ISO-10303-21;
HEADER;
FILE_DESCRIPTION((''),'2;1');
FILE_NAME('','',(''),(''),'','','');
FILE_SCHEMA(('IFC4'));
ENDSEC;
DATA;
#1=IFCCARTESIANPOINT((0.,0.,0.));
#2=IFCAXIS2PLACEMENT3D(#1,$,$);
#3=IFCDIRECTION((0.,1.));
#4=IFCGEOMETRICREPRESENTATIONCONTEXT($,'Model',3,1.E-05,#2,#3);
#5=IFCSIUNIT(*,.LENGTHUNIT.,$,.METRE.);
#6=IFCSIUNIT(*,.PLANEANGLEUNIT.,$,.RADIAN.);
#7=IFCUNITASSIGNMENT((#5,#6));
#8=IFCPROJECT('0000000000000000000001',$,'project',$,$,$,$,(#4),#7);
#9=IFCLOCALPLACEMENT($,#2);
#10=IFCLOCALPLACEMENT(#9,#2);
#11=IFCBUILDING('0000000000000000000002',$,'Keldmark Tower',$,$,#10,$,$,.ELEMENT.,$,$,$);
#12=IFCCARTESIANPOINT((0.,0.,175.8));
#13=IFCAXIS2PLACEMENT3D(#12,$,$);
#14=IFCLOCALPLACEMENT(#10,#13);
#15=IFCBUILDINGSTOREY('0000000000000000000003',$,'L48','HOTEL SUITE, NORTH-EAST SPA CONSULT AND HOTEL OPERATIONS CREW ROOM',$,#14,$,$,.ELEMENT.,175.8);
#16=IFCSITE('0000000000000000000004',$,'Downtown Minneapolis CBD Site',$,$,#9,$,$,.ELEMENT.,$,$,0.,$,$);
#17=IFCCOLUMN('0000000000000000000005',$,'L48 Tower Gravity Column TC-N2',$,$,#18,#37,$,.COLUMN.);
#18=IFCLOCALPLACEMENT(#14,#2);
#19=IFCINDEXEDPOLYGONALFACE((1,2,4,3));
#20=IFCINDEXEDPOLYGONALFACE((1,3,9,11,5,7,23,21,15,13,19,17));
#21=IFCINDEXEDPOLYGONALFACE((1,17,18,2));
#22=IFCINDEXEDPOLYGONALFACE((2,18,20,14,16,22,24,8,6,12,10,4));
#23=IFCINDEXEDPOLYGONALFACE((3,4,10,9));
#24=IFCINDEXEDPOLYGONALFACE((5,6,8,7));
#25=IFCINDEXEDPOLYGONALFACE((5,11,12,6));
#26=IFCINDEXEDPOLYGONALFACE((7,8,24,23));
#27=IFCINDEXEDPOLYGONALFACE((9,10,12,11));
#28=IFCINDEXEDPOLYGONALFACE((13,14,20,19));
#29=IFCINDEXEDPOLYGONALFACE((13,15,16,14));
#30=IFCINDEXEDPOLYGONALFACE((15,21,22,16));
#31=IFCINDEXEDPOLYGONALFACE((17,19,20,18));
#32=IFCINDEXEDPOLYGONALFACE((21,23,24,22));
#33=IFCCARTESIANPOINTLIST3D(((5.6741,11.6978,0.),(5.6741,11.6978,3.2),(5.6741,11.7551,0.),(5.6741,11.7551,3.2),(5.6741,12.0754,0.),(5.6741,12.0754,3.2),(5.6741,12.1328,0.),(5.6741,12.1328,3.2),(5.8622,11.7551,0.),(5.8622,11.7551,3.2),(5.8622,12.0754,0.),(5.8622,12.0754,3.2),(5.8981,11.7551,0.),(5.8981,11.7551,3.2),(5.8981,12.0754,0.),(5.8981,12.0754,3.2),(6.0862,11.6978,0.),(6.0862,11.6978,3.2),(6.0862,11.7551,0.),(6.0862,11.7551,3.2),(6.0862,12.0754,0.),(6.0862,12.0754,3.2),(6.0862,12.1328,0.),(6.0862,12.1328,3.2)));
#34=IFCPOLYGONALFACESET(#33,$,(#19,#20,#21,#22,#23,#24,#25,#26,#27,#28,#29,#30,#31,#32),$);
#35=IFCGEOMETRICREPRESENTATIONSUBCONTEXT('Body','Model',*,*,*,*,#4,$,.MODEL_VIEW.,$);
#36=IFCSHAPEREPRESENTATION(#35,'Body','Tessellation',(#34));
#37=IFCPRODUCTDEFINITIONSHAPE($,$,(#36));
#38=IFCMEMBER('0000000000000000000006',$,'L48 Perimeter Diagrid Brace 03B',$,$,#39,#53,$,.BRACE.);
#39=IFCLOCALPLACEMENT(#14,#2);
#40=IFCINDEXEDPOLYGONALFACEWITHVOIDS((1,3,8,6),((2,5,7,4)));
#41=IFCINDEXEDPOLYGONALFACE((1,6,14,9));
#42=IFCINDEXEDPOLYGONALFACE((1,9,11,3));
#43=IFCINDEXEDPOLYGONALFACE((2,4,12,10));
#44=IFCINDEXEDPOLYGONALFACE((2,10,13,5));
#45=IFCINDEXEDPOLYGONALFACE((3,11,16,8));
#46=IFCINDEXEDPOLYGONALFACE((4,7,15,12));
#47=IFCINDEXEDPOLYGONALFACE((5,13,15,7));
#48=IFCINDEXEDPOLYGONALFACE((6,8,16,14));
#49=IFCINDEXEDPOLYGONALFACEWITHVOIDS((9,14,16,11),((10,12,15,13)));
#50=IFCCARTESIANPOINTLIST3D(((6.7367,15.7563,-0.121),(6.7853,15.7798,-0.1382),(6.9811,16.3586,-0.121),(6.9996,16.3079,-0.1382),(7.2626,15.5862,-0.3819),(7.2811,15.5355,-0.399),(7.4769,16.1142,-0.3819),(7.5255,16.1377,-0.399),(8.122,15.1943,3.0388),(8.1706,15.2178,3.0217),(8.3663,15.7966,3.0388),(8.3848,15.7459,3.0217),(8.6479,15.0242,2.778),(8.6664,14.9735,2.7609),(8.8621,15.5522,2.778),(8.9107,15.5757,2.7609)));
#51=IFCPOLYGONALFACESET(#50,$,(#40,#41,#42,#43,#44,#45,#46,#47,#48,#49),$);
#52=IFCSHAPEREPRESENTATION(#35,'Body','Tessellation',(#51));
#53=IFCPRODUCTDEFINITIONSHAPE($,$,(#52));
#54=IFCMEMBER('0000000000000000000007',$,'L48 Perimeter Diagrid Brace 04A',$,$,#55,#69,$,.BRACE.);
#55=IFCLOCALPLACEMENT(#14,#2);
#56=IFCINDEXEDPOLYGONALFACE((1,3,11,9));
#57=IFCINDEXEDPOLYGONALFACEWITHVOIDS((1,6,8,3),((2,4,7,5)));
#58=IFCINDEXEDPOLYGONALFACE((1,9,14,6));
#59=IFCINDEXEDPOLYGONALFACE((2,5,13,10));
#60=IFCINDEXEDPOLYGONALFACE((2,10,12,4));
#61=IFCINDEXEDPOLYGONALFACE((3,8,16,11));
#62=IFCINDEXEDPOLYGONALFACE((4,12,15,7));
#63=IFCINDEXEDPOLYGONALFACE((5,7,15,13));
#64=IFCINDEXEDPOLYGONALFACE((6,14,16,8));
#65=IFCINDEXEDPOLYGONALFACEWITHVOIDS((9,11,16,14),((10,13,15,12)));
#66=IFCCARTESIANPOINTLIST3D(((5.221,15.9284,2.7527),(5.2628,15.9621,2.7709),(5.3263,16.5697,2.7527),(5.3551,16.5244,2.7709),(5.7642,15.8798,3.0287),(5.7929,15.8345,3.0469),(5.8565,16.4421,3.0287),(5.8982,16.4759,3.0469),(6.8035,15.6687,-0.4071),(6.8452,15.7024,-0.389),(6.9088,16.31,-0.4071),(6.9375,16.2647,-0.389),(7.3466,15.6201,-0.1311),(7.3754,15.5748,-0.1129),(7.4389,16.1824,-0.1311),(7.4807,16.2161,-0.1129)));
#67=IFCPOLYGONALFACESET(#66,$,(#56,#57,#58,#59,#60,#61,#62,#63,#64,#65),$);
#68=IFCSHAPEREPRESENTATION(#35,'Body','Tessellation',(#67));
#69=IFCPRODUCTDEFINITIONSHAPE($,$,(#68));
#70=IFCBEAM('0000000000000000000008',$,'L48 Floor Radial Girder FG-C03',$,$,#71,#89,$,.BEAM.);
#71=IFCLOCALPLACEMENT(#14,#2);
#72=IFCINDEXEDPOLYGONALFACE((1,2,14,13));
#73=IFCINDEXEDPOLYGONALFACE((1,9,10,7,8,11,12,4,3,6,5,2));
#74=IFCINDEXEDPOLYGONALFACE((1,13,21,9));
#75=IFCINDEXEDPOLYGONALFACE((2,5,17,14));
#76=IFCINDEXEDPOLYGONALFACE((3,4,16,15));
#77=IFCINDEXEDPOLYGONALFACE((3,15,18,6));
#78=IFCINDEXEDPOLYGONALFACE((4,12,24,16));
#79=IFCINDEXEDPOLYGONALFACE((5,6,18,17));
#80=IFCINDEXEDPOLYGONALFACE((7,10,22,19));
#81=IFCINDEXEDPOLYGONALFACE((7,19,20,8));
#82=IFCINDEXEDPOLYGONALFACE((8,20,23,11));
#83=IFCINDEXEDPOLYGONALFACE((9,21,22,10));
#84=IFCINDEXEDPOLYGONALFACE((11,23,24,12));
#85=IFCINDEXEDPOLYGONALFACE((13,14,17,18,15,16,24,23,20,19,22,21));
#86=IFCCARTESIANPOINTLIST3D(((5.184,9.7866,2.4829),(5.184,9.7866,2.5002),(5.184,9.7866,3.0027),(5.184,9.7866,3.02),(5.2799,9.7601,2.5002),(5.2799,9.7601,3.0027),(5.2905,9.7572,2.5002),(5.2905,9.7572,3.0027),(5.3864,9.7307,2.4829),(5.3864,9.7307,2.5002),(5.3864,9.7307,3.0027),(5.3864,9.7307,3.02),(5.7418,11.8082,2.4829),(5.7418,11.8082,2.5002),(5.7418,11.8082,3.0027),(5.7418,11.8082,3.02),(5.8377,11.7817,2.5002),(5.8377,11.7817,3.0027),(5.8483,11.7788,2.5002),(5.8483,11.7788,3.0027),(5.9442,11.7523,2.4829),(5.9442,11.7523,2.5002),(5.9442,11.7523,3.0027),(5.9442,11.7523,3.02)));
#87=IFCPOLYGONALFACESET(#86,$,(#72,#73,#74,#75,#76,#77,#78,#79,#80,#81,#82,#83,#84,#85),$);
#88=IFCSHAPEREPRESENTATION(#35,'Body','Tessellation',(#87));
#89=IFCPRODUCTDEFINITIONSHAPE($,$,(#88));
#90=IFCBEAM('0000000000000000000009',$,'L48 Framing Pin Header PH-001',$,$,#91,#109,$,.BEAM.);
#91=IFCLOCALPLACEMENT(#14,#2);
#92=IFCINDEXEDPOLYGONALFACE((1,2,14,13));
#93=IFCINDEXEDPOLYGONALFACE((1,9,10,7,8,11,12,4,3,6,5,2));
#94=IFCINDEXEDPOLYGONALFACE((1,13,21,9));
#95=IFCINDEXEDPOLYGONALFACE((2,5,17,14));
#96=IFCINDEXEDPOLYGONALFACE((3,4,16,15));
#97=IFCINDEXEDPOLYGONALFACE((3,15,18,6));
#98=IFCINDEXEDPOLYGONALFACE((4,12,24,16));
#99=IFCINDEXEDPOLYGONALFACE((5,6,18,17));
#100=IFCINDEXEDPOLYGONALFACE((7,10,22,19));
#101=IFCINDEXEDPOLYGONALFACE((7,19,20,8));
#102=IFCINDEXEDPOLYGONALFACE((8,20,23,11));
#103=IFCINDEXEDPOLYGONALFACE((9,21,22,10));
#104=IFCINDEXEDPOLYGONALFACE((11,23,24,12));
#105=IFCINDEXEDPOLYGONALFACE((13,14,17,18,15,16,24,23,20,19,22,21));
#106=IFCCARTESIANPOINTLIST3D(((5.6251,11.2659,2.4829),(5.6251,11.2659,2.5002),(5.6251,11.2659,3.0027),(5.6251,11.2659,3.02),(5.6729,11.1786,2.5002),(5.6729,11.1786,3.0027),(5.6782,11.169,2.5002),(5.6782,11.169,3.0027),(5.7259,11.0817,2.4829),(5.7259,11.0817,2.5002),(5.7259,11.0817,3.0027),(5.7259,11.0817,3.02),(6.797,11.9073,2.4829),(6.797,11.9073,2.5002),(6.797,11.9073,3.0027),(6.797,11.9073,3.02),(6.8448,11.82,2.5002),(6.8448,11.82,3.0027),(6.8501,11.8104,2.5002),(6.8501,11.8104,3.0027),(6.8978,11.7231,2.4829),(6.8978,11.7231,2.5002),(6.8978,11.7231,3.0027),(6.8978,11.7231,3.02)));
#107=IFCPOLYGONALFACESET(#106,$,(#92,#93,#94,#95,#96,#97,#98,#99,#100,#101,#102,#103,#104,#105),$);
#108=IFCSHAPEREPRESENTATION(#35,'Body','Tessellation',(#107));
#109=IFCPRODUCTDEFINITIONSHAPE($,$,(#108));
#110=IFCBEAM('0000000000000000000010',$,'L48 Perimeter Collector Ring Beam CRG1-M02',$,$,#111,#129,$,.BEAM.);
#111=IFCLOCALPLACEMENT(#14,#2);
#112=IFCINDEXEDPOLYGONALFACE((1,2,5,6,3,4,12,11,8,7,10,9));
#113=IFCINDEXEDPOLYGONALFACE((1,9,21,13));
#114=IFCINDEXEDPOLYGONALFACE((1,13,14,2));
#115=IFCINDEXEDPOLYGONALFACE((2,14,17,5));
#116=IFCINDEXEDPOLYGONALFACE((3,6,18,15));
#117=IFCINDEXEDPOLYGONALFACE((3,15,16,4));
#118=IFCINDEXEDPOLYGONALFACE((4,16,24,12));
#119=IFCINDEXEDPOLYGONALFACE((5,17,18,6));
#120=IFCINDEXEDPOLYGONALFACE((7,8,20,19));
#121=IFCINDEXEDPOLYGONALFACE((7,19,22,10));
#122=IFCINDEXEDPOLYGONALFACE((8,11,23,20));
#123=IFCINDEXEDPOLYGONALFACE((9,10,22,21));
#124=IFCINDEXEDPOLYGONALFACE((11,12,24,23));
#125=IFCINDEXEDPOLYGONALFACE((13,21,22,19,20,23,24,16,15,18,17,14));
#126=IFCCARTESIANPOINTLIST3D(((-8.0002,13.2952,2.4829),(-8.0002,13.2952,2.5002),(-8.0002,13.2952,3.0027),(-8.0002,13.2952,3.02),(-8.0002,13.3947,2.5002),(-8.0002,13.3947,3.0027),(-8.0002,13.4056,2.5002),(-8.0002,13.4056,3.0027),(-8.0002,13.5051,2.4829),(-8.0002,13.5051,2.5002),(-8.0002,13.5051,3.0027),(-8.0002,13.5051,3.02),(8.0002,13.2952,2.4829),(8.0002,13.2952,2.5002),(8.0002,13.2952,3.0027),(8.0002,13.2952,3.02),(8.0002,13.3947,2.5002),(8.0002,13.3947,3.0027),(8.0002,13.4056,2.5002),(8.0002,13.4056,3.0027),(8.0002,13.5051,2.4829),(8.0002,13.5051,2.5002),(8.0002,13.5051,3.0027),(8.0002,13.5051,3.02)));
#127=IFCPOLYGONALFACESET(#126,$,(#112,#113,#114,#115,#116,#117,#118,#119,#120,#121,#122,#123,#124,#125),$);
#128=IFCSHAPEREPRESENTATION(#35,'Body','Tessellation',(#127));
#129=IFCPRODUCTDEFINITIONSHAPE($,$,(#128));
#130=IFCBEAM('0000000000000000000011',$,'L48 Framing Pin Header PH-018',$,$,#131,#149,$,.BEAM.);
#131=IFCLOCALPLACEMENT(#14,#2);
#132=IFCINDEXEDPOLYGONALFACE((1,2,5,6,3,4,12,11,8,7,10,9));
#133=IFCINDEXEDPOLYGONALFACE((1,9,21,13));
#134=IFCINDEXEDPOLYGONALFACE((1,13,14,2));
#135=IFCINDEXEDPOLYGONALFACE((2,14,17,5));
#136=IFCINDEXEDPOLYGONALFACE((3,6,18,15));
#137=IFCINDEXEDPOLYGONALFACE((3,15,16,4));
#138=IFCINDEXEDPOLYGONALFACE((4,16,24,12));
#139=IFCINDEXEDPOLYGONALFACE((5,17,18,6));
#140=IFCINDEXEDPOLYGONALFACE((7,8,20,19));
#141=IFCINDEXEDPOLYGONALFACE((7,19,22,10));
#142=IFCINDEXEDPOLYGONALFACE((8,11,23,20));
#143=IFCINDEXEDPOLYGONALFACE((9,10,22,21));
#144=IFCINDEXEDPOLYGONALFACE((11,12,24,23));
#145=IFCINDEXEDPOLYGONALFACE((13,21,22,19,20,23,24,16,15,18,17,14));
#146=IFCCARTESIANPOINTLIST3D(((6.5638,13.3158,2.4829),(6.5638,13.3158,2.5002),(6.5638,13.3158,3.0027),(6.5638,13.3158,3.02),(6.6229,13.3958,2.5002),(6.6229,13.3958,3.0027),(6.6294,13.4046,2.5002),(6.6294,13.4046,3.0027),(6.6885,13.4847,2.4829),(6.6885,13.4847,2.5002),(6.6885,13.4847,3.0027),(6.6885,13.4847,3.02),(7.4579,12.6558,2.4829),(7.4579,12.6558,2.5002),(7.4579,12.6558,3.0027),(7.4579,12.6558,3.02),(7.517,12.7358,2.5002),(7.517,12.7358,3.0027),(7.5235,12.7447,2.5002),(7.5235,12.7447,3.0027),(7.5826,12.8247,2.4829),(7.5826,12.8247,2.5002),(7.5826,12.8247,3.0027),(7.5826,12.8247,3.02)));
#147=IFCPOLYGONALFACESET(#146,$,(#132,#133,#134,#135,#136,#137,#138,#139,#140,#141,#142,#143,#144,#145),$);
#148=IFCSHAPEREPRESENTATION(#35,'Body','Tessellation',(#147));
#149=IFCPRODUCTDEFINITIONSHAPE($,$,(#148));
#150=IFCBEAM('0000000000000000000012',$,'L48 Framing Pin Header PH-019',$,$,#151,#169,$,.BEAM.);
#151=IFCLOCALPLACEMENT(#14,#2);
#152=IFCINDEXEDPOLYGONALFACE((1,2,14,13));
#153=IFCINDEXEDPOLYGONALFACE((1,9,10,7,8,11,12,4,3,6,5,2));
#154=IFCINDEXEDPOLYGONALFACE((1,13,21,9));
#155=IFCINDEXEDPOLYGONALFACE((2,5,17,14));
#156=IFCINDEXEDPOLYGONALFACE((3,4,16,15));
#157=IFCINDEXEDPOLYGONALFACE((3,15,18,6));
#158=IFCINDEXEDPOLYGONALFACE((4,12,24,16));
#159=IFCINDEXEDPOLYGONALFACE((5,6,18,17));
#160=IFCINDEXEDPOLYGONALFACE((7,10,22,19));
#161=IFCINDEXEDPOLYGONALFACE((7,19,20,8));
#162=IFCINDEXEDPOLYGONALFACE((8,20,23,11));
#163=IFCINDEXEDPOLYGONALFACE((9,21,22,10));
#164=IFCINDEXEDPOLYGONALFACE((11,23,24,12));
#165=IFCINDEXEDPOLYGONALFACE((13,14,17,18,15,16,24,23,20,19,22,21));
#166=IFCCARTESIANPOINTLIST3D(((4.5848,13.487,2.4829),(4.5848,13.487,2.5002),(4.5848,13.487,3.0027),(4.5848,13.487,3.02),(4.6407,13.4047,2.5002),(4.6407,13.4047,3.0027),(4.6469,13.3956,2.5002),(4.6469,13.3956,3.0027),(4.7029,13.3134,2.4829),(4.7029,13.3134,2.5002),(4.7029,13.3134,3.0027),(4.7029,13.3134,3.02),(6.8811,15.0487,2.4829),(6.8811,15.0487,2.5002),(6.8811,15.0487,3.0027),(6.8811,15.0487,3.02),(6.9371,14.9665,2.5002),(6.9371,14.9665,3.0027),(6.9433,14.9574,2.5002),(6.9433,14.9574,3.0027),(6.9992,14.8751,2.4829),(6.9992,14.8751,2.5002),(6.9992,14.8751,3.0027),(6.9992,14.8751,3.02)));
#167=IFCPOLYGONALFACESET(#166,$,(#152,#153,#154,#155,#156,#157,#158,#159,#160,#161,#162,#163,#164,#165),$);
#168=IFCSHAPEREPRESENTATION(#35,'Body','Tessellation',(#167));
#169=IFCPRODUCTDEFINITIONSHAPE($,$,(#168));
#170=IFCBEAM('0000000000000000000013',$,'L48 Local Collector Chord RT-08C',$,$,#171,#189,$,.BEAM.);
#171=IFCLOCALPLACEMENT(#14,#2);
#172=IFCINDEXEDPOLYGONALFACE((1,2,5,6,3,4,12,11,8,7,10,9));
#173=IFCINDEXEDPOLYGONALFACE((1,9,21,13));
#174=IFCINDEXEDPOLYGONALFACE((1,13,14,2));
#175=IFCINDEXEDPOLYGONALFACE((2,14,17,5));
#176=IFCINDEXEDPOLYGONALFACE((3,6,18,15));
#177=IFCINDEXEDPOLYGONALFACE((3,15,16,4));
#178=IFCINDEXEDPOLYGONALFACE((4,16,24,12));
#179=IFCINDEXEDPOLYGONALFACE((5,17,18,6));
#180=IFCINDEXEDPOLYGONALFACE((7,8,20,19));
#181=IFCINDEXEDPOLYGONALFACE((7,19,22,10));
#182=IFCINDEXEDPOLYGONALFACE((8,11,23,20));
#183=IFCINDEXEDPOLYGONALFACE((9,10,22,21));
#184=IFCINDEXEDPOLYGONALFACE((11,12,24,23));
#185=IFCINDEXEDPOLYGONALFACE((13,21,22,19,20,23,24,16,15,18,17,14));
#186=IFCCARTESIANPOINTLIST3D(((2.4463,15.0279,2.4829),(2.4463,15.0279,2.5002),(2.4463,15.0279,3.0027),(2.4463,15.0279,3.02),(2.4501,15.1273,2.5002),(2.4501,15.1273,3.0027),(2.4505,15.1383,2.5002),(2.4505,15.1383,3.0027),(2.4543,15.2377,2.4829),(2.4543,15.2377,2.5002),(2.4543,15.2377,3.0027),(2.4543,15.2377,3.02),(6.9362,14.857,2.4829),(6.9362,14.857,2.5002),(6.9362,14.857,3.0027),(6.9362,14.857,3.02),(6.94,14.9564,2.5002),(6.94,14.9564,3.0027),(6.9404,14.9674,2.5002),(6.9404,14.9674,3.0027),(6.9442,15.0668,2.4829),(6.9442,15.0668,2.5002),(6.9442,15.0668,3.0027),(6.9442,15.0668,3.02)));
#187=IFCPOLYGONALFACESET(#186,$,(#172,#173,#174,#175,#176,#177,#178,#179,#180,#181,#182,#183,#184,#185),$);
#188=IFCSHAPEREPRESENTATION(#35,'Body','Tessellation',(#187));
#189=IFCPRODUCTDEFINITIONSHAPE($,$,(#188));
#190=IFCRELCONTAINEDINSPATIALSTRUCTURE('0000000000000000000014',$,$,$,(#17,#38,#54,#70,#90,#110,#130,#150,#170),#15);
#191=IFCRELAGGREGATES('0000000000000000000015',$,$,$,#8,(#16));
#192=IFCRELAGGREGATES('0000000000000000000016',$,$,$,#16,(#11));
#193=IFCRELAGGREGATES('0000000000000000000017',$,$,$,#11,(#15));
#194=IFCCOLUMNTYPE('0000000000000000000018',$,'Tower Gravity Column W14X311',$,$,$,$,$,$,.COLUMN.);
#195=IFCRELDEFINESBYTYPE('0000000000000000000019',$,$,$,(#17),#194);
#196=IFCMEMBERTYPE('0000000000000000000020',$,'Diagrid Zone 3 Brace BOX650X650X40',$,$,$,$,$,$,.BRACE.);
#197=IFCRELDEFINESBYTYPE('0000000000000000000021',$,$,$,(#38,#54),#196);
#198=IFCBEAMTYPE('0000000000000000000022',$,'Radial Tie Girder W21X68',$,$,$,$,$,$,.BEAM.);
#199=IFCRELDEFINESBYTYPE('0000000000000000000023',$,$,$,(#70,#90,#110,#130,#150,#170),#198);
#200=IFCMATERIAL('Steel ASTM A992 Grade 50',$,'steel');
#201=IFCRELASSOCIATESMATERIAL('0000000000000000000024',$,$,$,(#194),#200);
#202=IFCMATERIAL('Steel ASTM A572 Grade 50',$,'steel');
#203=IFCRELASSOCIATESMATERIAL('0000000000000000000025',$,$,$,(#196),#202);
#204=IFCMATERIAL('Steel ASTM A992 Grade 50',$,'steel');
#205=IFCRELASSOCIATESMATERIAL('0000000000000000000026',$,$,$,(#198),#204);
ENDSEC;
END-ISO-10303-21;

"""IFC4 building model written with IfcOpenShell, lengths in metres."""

from ifc_helpers import new_model, si_unit, direction, frame, origin, origin_2d, place, context, subcontext, project, spatial, hollow_rectangle, i_section, extrude, material, material_profile, profile_set, type_object, element, save


model = new_model("IFC4")

# Units and contexts
model_context = context("Model", 3, precision=1e-05, world=origin(), true_north=direction((0.0, 1.0)))
body_context = subcontext(model_context, "Body", "Model", "MODEL_VIEW")
ifc_project = project(units=[si_unit("LENGTHUNIT", "METRE"), si_unit("PLANEANGLEUNIT", "RADIAN")], contexts=[model_context])

# Site, building, storey
site_placement = place(None, origin())
site = spatial("IfcSite", under=ifc_project, at=site_placement, Name="Downtown Minneapolis CBD Site", CompositionType="ELEMENT", RefElevation=0.0)
building_placement = place(site_placement, origin())
building = spatial("IfcBuilding", under=site, at=building_placement, Name="Keldmark Tower", CompositionType="ELEMENT")
storey_placement = place(building_placement, frame((0.0, 0.0, 175.8)))
storey = spatial("IfcBuildingStorey", under=building, at=storey_placement, Name="L48", Description="HOTEL SUITE, NORTH-EAST SPA CONSULT AND HOTEL OPERATIONS CREW ROOM", CompositionType="ELEMENT", Elevation=175.8)

# Column
ifc_material_1 = material(Name="Steel ASTM A992 Grade 50", Category="steel")
ifc_material_profile_1 = material_profile(ifc_material_1, i_section(OverallWidth=0.4121, OverallDepth=0.4351, WebThickness=0.0359, FlangeThickness=0.0574, at=origin_2d()), Name="W14X311")
ifc_profile_set_1 = profile_set([ifc_material_profile_1], Name="Steel ASTM A992 Grade 50")
column_type = type_object("IfcColumnType", Name="Tower Gravity Column W14X311", PredefinedType="COLUMN", material=ifc_profile_set_1)
column_placement = place(storey_placement, frame((5.8801, 11.9153, 0.0), z_axis=(0.0, 0.0, 1.0), x_axis=(1.0, 0.0, 0.0)))
element("IfcColumn", 1, at=column_placement, inside=storey, type_object=column_type, Name="L48 Tower Gravity Column TC-N2", PredefinedType="COLUMN", context=body_context, shape_type="SweptSolid", body=[
    extrude(i_section(OverallWidth=0.4121, OverallDepth=0.4351, WebThickness=0.0359, FlangeThickness=0.0574, at=origin_2d()), origin(), (0.0, 0.0, 1.0), 3.2),
])

# Members
ifc_material_2 = material(Name="Steel ASTM A572 Grade 50", Category="steel")
ifc_material_profile_2 = material_profile(ifc_material_2, hollow_rectangle(XDim=0.6499, YDim=0.6499, WallThickness=0.04, at=origin_2d()), Name="BOX650X650X40")
ifc_profile_set_2 = profile_set([ifc_material_profile_2], Name="Steel ASTM A572 Grade 50")
member_type = type_object("IfcMemberType", Name="Diagrid Zone 3 Brace BOX650X650X40", PredefinedType="BRACE", material=ifc_profile_set_2)
member_1_placement = place(storey_placement, frame((7.1311, 15.947, -0.26), z_axis=(0.396275, -0.160773, 0.903946), x_axis=(0.375948, 0.926641, 0.0)))
element("IfcMember", 2, at=member_1_placement, inside=storey, type_object=member_type, Name="L48 Perimeter Diagrid Brace 03B", PredefinedType="BRACE", context=body_context, shape_type="SweptSolid", body=[
    extrude(hollow_rectangle(XDim=0.6499, YDim=0.6499, WallThickness=0.04, at=origin_2d()), origin(), (0.0, 0.0, 1.0), 3.4956),
])
member_2_placement = place(storey_placement, frame((7.1421, 15.9424, -0.26), z_axis=(-0.446589, 0.073306, 0.891731), x_axis=(-0.161979, -0.986794, 0.0)))
element("IfcMember", 3, at=member_2_placement, inside=storey, type_object=member_type, Name="L48 Perimeter Diagrid Brace 04A", PredefinedType="BRACE", context=body_context, shape_type="SweptSolid", body=[
    extrude(hollow_rectangle(XDim=0.6499, YDim=0.6499, WallThickness=0.04, at=origin_2d()), origin(), (0.0, 0.0, 1.0), 3.5435),
])

# Beams
ifc_material_3 = material(Name="Steel ASTM A992 Grade 50", Category="steel")
ifc_material_profile_3 = material_profile(ifc_material_3, i_section(OverallWidth=0.21, OverallDepth=0.5371, WebThickness=0.011, FlangeThickness=0.0173, at=origin_2d()), Name="W21X68")
ifc_profile_set_3 = profile_set([ifc_material_profile_3], Name="Steel ASTM A992 Grade 50")
beam_type_1 = type_object("IfcBeamType", Name="Radial Tie Girder W21X68", PredefinedType="BEAM", material=ifc_profile_set_3)
beam_1_placement = place(storey_placement, frame((5.843, 11.7803, 2.7515), z_axis=(-0.265992, -0.963975, 0.0), x_axis=(0.963975, -0.265992, 0.0)))
element("IfcBeam", 4, at=beam_1_placement, inside=storey, type_object=beam_type_1, Name="L48 Floor Radial Girder FG-C03", PredefinedType="BEAM", context=body_context, shape_type="SweptSolid", body=[
    extrude(i_section(OverallWidth=0.21, OverallDepth=0.5371, WebThickness=0.011, FlangeThickness=0.0173, at=origin_2d()), origin(), (0.0, 0.0, 1.0), 2.0972),
])
beam_2_placement = place(storey_placement, frame((5.6755, 11.1738, 2.7515), z_axis=(0.877217, 0.480094, 0.0), x_axis=(-0.480094, 0.877217, 0.0)))
element("IfcBeam", 5, at=beam_2_placement, inside=storey, type_object=beam_type_1, Name="L48 Framing Pin Header PH-001", PredefinedType="BEAM", context=body_context, shape_type="SweptSolid", body=[
    extrude(i_section(OverallWidth=0.21, OverallDepth=0.5371, WebThickness=0.011, FlangeThickness=0.0173, at=origin_2d()), origin(), (0.0, 0.0, 1.0), 1.3359),
])
beam_3_placement = place(storey_placement, frame((8.0002, 13.4001, 2.7515), z_axis=(-1.0, 0.0, 0.0), x_axis=(0.0, -1.0, 0.0)))
element("IfcBeam", 6, at=beam_3_placement, inside=storey, type_object=beam_type_1, Name="L48 Perimeter Collector Ring Beam CRG1-M02", PredefinedType="BEAM", context=body_context, shape_type="SweptSolid", body=[
    extrude(i_section(OverallWidth=0.21, OverallDepth=0.5371, WebThickness=0.011, FlangeThickness=0.0173, at=origin_2d()), origin(), (0.0, 0.0, 1.0), 16.0005),
])
beam_4_placement = place(storey_placement, frame((7.5203, 12.7402, 2.7515), z_axis=(-0.804564, 0.593866, 0.0), x_axis=(-0.593866, -0.804564, 0.0)))
element("IfcBeam", 7, at=beam_4_placement, inside=storey, type_object=beam_type_1, Name="L48 Framing Pin Header PH-018", PredefinedType="BEAM", context=body_context, shape_type="SweptSolid", body=[
    extrude(i_section(OverallWidth=0.21, OverallDepth=0.5371, WebThickness=0.011, FlangeThickness=0.0173, at=origin_2d()), origin(), (0.0, 0.0, 1.0), 1.1113),
])
beam_5_placement = place(storey_placement, frame((6.9402, 14.9619, 2.7515), z_axis=(-0.826889, -0.562365, 0.0), x_axis=(0.562365, -0.826889, 0.0)))
element("IfcBeam", 8, at=beam_5_placement, inside=storey, type_object=beam_type_1, Name="L48 Framing Pin Header PH-019", PredefinedType="BEAM", context=body_context, shape_type="SweptSolid", body=[
    extrude(i_section(OverallWidth=0.21, OverallDepth=0.5371, WebThickness=0.011, FlangeThickness=0.0173, at=origin_2d()), origin(), (0.0, 0.0, 1.0), 2.7771),
])
beam_6_placement = place(storey_placement, frame((6.9402, 14.9619, 2.7515), z_axis=(-0.999276, 0.038035, 0.0), x_axis=(-0.038035, -0.999276, 0.0)))
element("IfcBeam", 9, at=beam_6_placement, inside=storey, type_object=beam_type_1, Name="L48 Local Collector Chord RT-08C", PredefinedType="BEAM", context=body_context, shape_type="SweptSolid", body=[
    extrude(i_section(OverallWidth=0.21, OverallDepth=0.5371, WebThickness=0.011, FlangeThickness=0.0173, at=origin_2d()), origin(), (0.0, 0.0, 1.0), 4.4932),
])

save(model, "model.ifc")
